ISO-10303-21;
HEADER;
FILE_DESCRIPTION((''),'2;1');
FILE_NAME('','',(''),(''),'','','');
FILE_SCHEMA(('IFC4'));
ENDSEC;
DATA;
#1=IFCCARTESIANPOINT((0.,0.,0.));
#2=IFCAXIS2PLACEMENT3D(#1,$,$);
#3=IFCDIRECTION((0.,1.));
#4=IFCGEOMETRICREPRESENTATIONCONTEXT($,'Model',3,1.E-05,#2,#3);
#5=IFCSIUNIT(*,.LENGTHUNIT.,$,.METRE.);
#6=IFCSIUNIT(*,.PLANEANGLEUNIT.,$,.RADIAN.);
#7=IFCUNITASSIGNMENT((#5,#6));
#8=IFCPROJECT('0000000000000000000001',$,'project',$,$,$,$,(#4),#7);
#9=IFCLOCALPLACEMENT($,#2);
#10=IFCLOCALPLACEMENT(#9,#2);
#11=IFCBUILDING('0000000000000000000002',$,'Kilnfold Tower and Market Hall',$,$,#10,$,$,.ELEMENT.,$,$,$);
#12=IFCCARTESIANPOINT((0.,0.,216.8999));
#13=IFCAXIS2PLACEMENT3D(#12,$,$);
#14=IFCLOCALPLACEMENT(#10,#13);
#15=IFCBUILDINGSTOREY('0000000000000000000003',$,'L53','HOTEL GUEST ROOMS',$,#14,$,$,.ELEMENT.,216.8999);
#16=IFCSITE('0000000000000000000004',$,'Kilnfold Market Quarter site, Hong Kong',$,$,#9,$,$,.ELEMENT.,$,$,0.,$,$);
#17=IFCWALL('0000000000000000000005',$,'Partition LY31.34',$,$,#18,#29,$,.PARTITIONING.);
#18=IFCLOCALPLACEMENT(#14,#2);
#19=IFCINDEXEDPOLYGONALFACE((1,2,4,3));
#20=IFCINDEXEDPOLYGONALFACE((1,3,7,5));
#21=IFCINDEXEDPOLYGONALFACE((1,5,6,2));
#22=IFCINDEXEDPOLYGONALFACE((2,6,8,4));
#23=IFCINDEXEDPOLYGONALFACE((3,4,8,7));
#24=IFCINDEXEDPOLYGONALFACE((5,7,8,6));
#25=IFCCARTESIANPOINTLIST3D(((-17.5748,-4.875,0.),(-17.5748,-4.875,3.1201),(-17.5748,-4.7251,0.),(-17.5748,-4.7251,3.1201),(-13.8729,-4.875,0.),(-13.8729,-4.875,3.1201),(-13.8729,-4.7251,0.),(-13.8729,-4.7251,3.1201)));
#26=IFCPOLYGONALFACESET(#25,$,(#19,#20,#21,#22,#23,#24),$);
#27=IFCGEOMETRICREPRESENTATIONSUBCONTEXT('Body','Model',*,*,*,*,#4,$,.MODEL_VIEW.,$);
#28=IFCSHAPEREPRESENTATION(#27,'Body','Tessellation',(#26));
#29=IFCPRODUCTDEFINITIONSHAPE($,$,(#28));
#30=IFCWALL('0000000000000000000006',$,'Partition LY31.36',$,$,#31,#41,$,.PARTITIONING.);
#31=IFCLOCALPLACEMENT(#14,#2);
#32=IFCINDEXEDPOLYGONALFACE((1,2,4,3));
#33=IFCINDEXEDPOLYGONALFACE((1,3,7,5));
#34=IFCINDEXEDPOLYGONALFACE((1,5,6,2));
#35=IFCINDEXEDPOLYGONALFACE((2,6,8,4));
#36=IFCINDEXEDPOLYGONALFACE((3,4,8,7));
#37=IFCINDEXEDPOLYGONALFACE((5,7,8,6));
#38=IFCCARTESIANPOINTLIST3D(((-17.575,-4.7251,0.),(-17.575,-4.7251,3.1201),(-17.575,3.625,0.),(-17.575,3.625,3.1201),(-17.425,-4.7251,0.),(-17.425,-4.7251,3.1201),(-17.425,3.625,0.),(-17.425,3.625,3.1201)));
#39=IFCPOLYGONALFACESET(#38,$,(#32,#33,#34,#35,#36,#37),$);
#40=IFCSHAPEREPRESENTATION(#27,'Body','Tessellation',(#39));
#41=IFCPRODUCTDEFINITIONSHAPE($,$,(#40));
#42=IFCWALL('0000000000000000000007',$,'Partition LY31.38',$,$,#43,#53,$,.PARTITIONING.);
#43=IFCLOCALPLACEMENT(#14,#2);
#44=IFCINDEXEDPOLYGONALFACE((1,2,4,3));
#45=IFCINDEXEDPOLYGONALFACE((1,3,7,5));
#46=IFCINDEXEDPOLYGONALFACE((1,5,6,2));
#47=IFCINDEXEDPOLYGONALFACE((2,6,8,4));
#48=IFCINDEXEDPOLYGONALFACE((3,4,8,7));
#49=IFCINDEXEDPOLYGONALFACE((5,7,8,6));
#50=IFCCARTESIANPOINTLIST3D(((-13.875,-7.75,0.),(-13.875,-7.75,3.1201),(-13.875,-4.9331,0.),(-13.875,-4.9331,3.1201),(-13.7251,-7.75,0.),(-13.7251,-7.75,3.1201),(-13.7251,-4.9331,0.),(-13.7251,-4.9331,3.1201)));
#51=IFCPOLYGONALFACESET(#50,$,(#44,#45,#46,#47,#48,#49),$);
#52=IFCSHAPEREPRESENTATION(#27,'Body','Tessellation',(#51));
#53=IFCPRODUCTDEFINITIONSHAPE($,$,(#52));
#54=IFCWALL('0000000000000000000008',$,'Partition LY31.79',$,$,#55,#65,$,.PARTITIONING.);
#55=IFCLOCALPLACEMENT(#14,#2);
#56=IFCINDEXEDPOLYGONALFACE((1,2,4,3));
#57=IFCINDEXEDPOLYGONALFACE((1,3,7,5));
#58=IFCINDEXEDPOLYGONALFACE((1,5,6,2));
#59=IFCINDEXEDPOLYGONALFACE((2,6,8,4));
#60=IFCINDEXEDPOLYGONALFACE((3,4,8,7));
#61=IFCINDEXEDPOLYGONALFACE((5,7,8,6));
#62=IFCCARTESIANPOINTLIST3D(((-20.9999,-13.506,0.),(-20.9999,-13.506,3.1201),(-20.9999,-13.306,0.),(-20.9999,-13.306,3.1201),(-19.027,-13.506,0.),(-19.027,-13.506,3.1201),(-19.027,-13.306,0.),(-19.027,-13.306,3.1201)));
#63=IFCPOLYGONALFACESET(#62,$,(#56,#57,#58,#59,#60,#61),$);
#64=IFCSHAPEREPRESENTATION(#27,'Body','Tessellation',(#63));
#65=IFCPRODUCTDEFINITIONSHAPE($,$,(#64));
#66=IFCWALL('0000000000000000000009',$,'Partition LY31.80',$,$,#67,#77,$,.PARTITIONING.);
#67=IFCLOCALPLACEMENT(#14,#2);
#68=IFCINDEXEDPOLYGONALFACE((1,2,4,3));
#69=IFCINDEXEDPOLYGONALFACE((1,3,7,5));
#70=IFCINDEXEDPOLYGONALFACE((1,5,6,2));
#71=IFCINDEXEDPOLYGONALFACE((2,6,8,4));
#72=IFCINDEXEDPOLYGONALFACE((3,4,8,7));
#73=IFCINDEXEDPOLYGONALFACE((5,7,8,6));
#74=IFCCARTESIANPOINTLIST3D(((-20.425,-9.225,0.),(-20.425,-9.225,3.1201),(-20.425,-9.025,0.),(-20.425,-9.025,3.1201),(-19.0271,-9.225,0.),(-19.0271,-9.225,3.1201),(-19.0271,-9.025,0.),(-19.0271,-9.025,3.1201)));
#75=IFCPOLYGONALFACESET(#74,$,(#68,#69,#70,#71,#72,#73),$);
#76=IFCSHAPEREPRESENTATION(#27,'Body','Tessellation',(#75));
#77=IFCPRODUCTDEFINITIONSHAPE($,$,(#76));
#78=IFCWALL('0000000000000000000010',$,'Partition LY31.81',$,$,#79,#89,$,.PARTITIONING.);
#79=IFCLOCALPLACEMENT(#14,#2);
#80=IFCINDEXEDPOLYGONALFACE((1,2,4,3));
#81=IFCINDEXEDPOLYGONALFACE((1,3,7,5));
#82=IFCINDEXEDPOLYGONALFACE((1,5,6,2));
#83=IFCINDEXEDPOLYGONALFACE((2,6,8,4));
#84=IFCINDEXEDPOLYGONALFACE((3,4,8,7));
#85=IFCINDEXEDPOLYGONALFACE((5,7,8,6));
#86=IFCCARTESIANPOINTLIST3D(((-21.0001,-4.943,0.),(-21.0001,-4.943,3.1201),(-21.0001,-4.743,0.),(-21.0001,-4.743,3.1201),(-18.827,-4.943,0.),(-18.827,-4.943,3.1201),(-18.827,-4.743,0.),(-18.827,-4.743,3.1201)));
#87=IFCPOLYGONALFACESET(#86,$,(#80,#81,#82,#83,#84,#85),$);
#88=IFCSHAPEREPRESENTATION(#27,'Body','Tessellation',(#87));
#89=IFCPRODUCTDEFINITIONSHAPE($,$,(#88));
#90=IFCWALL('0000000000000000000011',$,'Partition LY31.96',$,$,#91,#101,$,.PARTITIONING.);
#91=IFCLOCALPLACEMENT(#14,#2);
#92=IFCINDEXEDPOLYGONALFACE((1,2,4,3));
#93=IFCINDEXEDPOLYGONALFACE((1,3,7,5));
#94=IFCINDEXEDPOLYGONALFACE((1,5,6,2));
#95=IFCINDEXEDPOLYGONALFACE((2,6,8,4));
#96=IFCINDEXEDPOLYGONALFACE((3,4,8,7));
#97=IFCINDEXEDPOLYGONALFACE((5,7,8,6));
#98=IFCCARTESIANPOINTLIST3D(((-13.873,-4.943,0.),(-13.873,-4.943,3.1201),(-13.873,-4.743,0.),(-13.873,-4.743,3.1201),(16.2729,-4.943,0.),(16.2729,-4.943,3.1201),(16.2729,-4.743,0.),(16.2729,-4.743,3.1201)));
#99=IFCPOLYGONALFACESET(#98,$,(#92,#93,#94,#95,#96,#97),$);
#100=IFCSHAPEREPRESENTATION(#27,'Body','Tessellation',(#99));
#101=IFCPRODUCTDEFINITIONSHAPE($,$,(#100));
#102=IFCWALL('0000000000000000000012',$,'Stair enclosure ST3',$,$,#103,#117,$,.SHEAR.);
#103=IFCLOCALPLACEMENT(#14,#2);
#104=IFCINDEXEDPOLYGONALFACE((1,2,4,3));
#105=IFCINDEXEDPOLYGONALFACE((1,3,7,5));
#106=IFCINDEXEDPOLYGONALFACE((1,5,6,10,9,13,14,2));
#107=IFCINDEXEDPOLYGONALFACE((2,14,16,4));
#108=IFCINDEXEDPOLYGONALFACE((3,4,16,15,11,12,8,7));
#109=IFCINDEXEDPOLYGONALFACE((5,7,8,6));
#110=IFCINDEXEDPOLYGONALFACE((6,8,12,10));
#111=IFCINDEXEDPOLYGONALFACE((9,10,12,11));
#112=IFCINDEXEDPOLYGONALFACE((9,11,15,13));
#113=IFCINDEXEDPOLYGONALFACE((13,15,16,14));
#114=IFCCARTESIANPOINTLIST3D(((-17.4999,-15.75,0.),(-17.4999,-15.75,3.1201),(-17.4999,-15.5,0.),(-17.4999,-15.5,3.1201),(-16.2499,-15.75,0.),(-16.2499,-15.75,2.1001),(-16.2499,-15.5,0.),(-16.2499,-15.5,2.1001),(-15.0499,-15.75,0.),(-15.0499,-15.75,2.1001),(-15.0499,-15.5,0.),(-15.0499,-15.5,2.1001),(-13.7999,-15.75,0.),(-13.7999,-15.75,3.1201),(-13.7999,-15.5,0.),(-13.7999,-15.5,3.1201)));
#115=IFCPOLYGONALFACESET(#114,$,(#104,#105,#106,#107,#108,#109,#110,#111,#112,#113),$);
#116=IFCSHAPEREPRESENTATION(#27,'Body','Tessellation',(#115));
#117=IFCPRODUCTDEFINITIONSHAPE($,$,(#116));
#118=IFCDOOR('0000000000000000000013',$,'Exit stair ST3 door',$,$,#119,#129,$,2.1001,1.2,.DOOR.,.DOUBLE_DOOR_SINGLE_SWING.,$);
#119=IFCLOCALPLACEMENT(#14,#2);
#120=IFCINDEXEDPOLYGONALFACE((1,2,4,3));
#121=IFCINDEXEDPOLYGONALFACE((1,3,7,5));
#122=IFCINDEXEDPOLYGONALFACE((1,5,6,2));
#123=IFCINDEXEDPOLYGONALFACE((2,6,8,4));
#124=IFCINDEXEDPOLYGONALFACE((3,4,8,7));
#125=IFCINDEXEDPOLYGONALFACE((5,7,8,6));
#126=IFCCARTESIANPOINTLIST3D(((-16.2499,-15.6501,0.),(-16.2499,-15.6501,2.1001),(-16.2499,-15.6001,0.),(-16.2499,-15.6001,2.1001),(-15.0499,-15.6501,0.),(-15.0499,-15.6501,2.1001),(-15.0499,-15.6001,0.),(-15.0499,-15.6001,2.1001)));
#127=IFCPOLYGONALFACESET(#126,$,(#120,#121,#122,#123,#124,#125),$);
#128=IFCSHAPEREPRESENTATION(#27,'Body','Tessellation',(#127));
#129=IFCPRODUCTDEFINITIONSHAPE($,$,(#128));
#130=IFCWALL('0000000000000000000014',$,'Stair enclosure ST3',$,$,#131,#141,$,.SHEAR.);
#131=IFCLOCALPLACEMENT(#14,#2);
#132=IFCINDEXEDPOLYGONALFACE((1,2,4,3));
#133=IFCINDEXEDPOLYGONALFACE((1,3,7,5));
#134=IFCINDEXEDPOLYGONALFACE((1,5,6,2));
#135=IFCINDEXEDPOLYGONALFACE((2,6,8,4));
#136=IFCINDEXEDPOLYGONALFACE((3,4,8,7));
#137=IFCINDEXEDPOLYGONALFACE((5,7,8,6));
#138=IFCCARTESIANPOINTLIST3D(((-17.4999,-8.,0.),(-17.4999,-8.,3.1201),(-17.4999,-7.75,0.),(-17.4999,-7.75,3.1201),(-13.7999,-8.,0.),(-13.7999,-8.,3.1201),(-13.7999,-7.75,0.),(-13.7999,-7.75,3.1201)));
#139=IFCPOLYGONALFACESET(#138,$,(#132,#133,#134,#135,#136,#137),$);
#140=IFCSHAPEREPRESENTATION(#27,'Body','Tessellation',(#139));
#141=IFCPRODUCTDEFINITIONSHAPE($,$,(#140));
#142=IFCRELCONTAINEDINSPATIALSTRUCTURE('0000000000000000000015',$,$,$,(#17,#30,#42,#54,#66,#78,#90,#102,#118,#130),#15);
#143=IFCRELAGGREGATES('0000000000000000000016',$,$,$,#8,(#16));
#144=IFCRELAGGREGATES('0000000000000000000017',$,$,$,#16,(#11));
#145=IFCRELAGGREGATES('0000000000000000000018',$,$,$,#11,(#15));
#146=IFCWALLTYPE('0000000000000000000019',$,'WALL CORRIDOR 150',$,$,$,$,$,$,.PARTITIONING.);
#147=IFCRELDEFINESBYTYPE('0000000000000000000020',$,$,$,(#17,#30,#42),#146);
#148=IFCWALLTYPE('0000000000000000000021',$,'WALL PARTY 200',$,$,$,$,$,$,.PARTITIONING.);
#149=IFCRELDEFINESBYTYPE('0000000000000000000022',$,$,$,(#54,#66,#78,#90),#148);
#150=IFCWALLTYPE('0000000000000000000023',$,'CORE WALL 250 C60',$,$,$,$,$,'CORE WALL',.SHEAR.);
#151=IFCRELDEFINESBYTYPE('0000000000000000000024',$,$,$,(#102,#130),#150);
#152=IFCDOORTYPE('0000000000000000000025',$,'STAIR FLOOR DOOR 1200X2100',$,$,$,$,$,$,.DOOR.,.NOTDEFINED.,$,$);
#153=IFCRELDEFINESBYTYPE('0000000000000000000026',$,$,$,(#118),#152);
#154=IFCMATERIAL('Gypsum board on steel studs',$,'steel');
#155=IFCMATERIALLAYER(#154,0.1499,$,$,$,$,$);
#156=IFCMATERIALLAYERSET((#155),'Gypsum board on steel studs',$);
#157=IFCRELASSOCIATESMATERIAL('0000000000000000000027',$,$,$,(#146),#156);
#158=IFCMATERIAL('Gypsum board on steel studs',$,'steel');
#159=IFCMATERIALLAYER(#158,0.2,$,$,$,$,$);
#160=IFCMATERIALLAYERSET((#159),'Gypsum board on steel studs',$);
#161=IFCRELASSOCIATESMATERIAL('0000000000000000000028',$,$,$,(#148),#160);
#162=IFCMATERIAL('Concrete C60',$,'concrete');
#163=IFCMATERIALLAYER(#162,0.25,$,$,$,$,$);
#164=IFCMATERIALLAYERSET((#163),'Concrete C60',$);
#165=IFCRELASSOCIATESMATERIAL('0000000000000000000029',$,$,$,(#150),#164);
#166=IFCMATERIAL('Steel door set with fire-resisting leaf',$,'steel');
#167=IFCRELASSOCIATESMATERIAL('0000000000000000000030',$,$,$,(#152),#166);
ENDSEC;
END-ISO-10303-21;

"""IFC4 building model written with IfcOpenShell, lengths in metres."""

from ifc_helpers import new_model, si_unit, direction, frame, frame_2d, origin, place, context, subcontext, project, spatial, rectangle, extrude, source, transform, mapped, material, layer, layer_set, type_object, element, fill, save


model = new_model("IFC4")

# Units and contexts
model_context = context("Model", 3, precision=1e-05, world=origin(), true_north=direction((0.0, 1.0)))
body_context = subcontext(model_context, "Body", "Model", "MODEL_VIEW")
ifc_project = project(units=[si_unit("LENGTHUNIT", "METRE"), si_unit("PLANEANGLEUNIT", "RADIAN")], contexts=[model_context])

# Site, building, storey
site_placement = place(None, origin())
site = spatial("IfcSite", under=ifc_project, at=site_placement, Name="Kilnfold Market Quarter site, Hong Kong", CompositionType="ELEMENT", RefElevation=0.0)
building_placement = place(site_placement, origin())
building = spatial("IfcBuilding", under=site, at=building_placement, Name="Kilnfold Tower and Market Hall", CompositionType="ELEMENT")
storey_placement = place(building_placement, frame((0.0, 0.0, 216.8999)))
storey = spatial("IfcBuildingStorey", under=building, at=storey_placement, Name="L53", Description="HOTEL GUEST ROOMS", CompositionType="ELEMENT", Elevation=216.8999)

# Shared definitions
ifc_material_1 = material(Name="Gypsum board on steel studs", Category="steel")
ifc_layer_1 = layer(ifc_material_1, 0.1499)
ifc_layer_set_1 = layer_set([ifc_layer_1], Name="Gypsum board on steel studs")
wall_type_1 = type_object("IfcWallType", Name="WALL CORRIDOR 150", PredefinedType="PARTITIONING", material=ifc_layer_set_1)

# Walls
wall_1_placement = place(storey_placement, frame((-17.575, -4.8, 0.0), z_axis=(0.0, 0.0, 1.0), x_axis=(1.0, 0.0, 0.0)))
element("IfcWall", 1, at=wall_1_placement, inside=storey, type_object=wall_type_1, Name="Partition LY31.34", PredefinedType="PARTITIONING", context=body_context, shape_type="SweptSolid", body=[
    extrude(rectangle(XDim=3.7019, YDim=0.1499, at=frame_2d((1.8511, 0.0))), origin(), (0.0, 0.0, 1.0), 3.1201),
])
wall_2_placement = place(storey_placement, frame((-17.5, -4.7251, 0.0), z_axis=(0.0, 0.0, 1.0), x_axis=(0.0, 1.0, 0.0)))
element("IfcWall", 2, at=wall_2_placement, inside=storey, type_object=wall_type_1, Name="Partition LY31.36", PredefinedType="PARTITIONING", context=body_context, shape_type="SweptSolid", body=[
    extrude(rectangle(XDim=8.3501, YDim=0.1499, at=frame_2d((4.175, 0.0))), origin(), (0.0, 0.0, 1.0), 3.1201),
])
wall_3_placement = place(storey_placement, frame((-13.8, -7.75, 0.0), z_axis=(0.0, 0.0, 1.0), x_axis=(0.0, 1.0, 0.0)))
element("IfcWall", 3, at=wall_3_placement, inside=storey, type_object=wall_type_1, Name="Partition LY31.38", PredefinedType="PARTITIONING", context=body_context, shape_type="SweptSolid", body=[
    extrude(rectangle(XDim=2.8169, YDim=0.1499, at=frame_2d((1.4084, 0.0))), origin(), (0.0, 0.0, 1.0), 3.1201),
])
ifc_material_2 = material(Name="Gypsum board on steel studs", Category="steel")
ifc_layer_2 = layer(ifc_material_2, 0.2)
ifc_layer_set_2 = layer_set([ifc_layer_2], Name="Gypsum board on steel studs")
wall_type_2 = type_object("IfcWallType", Name="WALL PARTY 200", PredefinedType="PARTITIONING", material=ifc_layer_set_2)
wall_4_placement = place(storey_placement, frame((-19.0271, -13.406, 0.0), z_axis=(0.0, 0.0, 1.0), x_axis=(-1.0, 0.0, 0.0)))
element("IfcWall", 4, at=wall_4_placement, inside=storey, type_object=wall_type_2, Name="Partition LY31.79", PredefinedType="PARTITIONING", context=body_context, shape_type="SweptSolid", body=[
    extrude(rectangle(XDim=1.9729, YDim=0.2, at=frame_2d((0.9863, 0.0))), origin(), (0.0, 0.0, 1.0), 3.1201),
])
wall_5_placement = place(storey_placement, frame((-20.425, -9.125, 0.0), z_axis=(0.0, 0.0, 1.0), x_axis=(1.0, 0.0, 0.0)))
element("IfcWall", 5, at=wall_5_placement, inside=storey, type_object=wall_type_2, Name="Partition LY31.80", PredefinedType="PARTITIONING", context=body_context, shape_type="SweptSolid", body=[
    extrude(rectangle(XDim=1.3979, YDim=0.2, at=frame_2d((0.699, 0.0))), origin(), (0.0, 0.0, 1.0), 3.1201),
])
wall_6_placement = place(storey_placement, frame((-21.0, -4.843, 0.0), z_axis=(0.0, 0.0, 1.0), x_axis=(1.0, 0.0, 0.0)))
element("IfcWall", 6, at=wall_6_placement, inside=storey, type_object=wall_type_2, Name="Partition LY31.81", PredefinedType="PARTITIONING", context=body_context, shape_type="SweptSolid", body=[
    extrude(rectangle(XDim=2.1731, YDim=0.2, at=frame_2d((1.0864, 0.0))), origin(), (0.0, 0.0, 1.0), 3.1201),
])
wall_7_placement = place(storey_placement, frame((-13.873, -4.843, 0.0), z_axis=(0.0, 0.0, 1.0), x_axis=(1.0, 0.0, 0.0)))
element("IfcWall", 7, at=wall_7_placement, inside=storey, type_object=wall_type_2, Name="Partition LY31.96", PredefinedType="PARTITIONING", context=body_context, shape_type="SweptSolid", body=[
    extrude(rectangle(XDim=30.146, YDim=0.2, at=frame_2d((15.073, 0.0))), origin(), (0.0, 0.0, 1.0), 3.1201),
])

# Wall, opening, door
ifc_material_3 = material(Name="Concrete C60", Category="concrete")
ifc_layer_3 = layer(ifc_material_3, 0.25)
ifc_layer_set_3 = layer_set([ifc_layer_3], Name="Concrete C60")
wall_type_3 = type_object("IfcWallType", Name="CORE WALL 250 C60", ElementType="CORE WALL", PredefinedType="SHEAR", material=ifc_layer_set_3)
shared_shape_1 = source(origin(), body_context, "Body", "SweptSolid", [
    extrude(rectangle(XDim=3.7, YDim=0.25, at=frame_2d((1.8501, 0.0))), origin(), (0.0, 0.0, 1.0), 3.1201),
])
wall_8_placement = place(storey_placement, frame((-17.5, -15.625, 0.0), z_axis=(0.0, 0.0, 1.0), x_axis=(1.0, 0.0, 0.0)))
wall_8 = element("IfcWall", 8, at=wall_8_placement, inside=storey, type_object=wall_type_3, Name="Stair enclosure ST3", PredefinedType="SHEAR", context=body_context, shape_type="MappedRepresentation", body=[
    mapped(shared_shape_1, transform((0.0, 0.0, 0.0))),
])
opening_1_placement = place(wall_8_placement, frame((1.25, 0.0, 0.0)))
opening_1 = element("IfcOpeningElement", 9, at=opening_1_placement, cuts=wall_8, PredefinedType="OPENING", context=body_context, shape_type="SweptSolid", body=[
    extrude(rectangle(XDim=1.2, YDim=2.1001, at=frame_2d((0.6001, 1.05))), frame((0.0, 0.135, 0.0), z_axis=(0.0, -1.0, 0.0), x_axis=(1.0, 0.0, 0.0)), (0.0, 0.0, 1.0), 0.27),
])
ifc_material_4 = material(Name="Steel door set with fire-resisting leaf", Category="steel")
door_type_1 = type_object("IfcDoorType", Name="STAIR FLOOR DOOR 1200X2100", OperationType="NOTDEFINED", PredefinedType="DOOR", material=ifc_material_4)
door_1_placement = place(opening_1_placement, origin())
door_1 = element("IfcDoor", 10, at=door_1_placement, inside=storey, type_object=door_type_1, Name="Exit stair ST3 door", OperationType="DOUBLE_DOOR_SINGLE_SWING", OverallHeight=2.1001, OverallWidth=1.2, PredefinedType="DOOR", context=body_context, shape_type="SweptSolid", body=[
    extrude(rectangle(XDim=1.2, YDim=2.1001, at=frame_2d((0.6001, 1.05))), frame((0.0, 0.0249, 0.0), z_axis=(0.0, -1.0, 0.0), x_axis=(1.0, 0.0, 0.0)), (0.0, 0.0, 1.0), 0.05),
])
fill(opening_1, door_1)

# Wall
wall_9_placement = place(storey_placement, frame((-17.5, -7.875, 0.0), z_axis=(0.0, 0.0, 1.0), x_axis=(1.0, 0.0, 0.0)))
element("IfcWall", 11, at=wall_9_placement, inside=storey, type_object=wall_type_3, Name="Stair enclosure ST3", PredefinedType="SHEAR", context=body_context, shape_type="MappedRepresentation", body=[
    mapped(shared_shape_1, transform((0.0, 0.0, 0.0))),
])

save(model, "model.ifc")
